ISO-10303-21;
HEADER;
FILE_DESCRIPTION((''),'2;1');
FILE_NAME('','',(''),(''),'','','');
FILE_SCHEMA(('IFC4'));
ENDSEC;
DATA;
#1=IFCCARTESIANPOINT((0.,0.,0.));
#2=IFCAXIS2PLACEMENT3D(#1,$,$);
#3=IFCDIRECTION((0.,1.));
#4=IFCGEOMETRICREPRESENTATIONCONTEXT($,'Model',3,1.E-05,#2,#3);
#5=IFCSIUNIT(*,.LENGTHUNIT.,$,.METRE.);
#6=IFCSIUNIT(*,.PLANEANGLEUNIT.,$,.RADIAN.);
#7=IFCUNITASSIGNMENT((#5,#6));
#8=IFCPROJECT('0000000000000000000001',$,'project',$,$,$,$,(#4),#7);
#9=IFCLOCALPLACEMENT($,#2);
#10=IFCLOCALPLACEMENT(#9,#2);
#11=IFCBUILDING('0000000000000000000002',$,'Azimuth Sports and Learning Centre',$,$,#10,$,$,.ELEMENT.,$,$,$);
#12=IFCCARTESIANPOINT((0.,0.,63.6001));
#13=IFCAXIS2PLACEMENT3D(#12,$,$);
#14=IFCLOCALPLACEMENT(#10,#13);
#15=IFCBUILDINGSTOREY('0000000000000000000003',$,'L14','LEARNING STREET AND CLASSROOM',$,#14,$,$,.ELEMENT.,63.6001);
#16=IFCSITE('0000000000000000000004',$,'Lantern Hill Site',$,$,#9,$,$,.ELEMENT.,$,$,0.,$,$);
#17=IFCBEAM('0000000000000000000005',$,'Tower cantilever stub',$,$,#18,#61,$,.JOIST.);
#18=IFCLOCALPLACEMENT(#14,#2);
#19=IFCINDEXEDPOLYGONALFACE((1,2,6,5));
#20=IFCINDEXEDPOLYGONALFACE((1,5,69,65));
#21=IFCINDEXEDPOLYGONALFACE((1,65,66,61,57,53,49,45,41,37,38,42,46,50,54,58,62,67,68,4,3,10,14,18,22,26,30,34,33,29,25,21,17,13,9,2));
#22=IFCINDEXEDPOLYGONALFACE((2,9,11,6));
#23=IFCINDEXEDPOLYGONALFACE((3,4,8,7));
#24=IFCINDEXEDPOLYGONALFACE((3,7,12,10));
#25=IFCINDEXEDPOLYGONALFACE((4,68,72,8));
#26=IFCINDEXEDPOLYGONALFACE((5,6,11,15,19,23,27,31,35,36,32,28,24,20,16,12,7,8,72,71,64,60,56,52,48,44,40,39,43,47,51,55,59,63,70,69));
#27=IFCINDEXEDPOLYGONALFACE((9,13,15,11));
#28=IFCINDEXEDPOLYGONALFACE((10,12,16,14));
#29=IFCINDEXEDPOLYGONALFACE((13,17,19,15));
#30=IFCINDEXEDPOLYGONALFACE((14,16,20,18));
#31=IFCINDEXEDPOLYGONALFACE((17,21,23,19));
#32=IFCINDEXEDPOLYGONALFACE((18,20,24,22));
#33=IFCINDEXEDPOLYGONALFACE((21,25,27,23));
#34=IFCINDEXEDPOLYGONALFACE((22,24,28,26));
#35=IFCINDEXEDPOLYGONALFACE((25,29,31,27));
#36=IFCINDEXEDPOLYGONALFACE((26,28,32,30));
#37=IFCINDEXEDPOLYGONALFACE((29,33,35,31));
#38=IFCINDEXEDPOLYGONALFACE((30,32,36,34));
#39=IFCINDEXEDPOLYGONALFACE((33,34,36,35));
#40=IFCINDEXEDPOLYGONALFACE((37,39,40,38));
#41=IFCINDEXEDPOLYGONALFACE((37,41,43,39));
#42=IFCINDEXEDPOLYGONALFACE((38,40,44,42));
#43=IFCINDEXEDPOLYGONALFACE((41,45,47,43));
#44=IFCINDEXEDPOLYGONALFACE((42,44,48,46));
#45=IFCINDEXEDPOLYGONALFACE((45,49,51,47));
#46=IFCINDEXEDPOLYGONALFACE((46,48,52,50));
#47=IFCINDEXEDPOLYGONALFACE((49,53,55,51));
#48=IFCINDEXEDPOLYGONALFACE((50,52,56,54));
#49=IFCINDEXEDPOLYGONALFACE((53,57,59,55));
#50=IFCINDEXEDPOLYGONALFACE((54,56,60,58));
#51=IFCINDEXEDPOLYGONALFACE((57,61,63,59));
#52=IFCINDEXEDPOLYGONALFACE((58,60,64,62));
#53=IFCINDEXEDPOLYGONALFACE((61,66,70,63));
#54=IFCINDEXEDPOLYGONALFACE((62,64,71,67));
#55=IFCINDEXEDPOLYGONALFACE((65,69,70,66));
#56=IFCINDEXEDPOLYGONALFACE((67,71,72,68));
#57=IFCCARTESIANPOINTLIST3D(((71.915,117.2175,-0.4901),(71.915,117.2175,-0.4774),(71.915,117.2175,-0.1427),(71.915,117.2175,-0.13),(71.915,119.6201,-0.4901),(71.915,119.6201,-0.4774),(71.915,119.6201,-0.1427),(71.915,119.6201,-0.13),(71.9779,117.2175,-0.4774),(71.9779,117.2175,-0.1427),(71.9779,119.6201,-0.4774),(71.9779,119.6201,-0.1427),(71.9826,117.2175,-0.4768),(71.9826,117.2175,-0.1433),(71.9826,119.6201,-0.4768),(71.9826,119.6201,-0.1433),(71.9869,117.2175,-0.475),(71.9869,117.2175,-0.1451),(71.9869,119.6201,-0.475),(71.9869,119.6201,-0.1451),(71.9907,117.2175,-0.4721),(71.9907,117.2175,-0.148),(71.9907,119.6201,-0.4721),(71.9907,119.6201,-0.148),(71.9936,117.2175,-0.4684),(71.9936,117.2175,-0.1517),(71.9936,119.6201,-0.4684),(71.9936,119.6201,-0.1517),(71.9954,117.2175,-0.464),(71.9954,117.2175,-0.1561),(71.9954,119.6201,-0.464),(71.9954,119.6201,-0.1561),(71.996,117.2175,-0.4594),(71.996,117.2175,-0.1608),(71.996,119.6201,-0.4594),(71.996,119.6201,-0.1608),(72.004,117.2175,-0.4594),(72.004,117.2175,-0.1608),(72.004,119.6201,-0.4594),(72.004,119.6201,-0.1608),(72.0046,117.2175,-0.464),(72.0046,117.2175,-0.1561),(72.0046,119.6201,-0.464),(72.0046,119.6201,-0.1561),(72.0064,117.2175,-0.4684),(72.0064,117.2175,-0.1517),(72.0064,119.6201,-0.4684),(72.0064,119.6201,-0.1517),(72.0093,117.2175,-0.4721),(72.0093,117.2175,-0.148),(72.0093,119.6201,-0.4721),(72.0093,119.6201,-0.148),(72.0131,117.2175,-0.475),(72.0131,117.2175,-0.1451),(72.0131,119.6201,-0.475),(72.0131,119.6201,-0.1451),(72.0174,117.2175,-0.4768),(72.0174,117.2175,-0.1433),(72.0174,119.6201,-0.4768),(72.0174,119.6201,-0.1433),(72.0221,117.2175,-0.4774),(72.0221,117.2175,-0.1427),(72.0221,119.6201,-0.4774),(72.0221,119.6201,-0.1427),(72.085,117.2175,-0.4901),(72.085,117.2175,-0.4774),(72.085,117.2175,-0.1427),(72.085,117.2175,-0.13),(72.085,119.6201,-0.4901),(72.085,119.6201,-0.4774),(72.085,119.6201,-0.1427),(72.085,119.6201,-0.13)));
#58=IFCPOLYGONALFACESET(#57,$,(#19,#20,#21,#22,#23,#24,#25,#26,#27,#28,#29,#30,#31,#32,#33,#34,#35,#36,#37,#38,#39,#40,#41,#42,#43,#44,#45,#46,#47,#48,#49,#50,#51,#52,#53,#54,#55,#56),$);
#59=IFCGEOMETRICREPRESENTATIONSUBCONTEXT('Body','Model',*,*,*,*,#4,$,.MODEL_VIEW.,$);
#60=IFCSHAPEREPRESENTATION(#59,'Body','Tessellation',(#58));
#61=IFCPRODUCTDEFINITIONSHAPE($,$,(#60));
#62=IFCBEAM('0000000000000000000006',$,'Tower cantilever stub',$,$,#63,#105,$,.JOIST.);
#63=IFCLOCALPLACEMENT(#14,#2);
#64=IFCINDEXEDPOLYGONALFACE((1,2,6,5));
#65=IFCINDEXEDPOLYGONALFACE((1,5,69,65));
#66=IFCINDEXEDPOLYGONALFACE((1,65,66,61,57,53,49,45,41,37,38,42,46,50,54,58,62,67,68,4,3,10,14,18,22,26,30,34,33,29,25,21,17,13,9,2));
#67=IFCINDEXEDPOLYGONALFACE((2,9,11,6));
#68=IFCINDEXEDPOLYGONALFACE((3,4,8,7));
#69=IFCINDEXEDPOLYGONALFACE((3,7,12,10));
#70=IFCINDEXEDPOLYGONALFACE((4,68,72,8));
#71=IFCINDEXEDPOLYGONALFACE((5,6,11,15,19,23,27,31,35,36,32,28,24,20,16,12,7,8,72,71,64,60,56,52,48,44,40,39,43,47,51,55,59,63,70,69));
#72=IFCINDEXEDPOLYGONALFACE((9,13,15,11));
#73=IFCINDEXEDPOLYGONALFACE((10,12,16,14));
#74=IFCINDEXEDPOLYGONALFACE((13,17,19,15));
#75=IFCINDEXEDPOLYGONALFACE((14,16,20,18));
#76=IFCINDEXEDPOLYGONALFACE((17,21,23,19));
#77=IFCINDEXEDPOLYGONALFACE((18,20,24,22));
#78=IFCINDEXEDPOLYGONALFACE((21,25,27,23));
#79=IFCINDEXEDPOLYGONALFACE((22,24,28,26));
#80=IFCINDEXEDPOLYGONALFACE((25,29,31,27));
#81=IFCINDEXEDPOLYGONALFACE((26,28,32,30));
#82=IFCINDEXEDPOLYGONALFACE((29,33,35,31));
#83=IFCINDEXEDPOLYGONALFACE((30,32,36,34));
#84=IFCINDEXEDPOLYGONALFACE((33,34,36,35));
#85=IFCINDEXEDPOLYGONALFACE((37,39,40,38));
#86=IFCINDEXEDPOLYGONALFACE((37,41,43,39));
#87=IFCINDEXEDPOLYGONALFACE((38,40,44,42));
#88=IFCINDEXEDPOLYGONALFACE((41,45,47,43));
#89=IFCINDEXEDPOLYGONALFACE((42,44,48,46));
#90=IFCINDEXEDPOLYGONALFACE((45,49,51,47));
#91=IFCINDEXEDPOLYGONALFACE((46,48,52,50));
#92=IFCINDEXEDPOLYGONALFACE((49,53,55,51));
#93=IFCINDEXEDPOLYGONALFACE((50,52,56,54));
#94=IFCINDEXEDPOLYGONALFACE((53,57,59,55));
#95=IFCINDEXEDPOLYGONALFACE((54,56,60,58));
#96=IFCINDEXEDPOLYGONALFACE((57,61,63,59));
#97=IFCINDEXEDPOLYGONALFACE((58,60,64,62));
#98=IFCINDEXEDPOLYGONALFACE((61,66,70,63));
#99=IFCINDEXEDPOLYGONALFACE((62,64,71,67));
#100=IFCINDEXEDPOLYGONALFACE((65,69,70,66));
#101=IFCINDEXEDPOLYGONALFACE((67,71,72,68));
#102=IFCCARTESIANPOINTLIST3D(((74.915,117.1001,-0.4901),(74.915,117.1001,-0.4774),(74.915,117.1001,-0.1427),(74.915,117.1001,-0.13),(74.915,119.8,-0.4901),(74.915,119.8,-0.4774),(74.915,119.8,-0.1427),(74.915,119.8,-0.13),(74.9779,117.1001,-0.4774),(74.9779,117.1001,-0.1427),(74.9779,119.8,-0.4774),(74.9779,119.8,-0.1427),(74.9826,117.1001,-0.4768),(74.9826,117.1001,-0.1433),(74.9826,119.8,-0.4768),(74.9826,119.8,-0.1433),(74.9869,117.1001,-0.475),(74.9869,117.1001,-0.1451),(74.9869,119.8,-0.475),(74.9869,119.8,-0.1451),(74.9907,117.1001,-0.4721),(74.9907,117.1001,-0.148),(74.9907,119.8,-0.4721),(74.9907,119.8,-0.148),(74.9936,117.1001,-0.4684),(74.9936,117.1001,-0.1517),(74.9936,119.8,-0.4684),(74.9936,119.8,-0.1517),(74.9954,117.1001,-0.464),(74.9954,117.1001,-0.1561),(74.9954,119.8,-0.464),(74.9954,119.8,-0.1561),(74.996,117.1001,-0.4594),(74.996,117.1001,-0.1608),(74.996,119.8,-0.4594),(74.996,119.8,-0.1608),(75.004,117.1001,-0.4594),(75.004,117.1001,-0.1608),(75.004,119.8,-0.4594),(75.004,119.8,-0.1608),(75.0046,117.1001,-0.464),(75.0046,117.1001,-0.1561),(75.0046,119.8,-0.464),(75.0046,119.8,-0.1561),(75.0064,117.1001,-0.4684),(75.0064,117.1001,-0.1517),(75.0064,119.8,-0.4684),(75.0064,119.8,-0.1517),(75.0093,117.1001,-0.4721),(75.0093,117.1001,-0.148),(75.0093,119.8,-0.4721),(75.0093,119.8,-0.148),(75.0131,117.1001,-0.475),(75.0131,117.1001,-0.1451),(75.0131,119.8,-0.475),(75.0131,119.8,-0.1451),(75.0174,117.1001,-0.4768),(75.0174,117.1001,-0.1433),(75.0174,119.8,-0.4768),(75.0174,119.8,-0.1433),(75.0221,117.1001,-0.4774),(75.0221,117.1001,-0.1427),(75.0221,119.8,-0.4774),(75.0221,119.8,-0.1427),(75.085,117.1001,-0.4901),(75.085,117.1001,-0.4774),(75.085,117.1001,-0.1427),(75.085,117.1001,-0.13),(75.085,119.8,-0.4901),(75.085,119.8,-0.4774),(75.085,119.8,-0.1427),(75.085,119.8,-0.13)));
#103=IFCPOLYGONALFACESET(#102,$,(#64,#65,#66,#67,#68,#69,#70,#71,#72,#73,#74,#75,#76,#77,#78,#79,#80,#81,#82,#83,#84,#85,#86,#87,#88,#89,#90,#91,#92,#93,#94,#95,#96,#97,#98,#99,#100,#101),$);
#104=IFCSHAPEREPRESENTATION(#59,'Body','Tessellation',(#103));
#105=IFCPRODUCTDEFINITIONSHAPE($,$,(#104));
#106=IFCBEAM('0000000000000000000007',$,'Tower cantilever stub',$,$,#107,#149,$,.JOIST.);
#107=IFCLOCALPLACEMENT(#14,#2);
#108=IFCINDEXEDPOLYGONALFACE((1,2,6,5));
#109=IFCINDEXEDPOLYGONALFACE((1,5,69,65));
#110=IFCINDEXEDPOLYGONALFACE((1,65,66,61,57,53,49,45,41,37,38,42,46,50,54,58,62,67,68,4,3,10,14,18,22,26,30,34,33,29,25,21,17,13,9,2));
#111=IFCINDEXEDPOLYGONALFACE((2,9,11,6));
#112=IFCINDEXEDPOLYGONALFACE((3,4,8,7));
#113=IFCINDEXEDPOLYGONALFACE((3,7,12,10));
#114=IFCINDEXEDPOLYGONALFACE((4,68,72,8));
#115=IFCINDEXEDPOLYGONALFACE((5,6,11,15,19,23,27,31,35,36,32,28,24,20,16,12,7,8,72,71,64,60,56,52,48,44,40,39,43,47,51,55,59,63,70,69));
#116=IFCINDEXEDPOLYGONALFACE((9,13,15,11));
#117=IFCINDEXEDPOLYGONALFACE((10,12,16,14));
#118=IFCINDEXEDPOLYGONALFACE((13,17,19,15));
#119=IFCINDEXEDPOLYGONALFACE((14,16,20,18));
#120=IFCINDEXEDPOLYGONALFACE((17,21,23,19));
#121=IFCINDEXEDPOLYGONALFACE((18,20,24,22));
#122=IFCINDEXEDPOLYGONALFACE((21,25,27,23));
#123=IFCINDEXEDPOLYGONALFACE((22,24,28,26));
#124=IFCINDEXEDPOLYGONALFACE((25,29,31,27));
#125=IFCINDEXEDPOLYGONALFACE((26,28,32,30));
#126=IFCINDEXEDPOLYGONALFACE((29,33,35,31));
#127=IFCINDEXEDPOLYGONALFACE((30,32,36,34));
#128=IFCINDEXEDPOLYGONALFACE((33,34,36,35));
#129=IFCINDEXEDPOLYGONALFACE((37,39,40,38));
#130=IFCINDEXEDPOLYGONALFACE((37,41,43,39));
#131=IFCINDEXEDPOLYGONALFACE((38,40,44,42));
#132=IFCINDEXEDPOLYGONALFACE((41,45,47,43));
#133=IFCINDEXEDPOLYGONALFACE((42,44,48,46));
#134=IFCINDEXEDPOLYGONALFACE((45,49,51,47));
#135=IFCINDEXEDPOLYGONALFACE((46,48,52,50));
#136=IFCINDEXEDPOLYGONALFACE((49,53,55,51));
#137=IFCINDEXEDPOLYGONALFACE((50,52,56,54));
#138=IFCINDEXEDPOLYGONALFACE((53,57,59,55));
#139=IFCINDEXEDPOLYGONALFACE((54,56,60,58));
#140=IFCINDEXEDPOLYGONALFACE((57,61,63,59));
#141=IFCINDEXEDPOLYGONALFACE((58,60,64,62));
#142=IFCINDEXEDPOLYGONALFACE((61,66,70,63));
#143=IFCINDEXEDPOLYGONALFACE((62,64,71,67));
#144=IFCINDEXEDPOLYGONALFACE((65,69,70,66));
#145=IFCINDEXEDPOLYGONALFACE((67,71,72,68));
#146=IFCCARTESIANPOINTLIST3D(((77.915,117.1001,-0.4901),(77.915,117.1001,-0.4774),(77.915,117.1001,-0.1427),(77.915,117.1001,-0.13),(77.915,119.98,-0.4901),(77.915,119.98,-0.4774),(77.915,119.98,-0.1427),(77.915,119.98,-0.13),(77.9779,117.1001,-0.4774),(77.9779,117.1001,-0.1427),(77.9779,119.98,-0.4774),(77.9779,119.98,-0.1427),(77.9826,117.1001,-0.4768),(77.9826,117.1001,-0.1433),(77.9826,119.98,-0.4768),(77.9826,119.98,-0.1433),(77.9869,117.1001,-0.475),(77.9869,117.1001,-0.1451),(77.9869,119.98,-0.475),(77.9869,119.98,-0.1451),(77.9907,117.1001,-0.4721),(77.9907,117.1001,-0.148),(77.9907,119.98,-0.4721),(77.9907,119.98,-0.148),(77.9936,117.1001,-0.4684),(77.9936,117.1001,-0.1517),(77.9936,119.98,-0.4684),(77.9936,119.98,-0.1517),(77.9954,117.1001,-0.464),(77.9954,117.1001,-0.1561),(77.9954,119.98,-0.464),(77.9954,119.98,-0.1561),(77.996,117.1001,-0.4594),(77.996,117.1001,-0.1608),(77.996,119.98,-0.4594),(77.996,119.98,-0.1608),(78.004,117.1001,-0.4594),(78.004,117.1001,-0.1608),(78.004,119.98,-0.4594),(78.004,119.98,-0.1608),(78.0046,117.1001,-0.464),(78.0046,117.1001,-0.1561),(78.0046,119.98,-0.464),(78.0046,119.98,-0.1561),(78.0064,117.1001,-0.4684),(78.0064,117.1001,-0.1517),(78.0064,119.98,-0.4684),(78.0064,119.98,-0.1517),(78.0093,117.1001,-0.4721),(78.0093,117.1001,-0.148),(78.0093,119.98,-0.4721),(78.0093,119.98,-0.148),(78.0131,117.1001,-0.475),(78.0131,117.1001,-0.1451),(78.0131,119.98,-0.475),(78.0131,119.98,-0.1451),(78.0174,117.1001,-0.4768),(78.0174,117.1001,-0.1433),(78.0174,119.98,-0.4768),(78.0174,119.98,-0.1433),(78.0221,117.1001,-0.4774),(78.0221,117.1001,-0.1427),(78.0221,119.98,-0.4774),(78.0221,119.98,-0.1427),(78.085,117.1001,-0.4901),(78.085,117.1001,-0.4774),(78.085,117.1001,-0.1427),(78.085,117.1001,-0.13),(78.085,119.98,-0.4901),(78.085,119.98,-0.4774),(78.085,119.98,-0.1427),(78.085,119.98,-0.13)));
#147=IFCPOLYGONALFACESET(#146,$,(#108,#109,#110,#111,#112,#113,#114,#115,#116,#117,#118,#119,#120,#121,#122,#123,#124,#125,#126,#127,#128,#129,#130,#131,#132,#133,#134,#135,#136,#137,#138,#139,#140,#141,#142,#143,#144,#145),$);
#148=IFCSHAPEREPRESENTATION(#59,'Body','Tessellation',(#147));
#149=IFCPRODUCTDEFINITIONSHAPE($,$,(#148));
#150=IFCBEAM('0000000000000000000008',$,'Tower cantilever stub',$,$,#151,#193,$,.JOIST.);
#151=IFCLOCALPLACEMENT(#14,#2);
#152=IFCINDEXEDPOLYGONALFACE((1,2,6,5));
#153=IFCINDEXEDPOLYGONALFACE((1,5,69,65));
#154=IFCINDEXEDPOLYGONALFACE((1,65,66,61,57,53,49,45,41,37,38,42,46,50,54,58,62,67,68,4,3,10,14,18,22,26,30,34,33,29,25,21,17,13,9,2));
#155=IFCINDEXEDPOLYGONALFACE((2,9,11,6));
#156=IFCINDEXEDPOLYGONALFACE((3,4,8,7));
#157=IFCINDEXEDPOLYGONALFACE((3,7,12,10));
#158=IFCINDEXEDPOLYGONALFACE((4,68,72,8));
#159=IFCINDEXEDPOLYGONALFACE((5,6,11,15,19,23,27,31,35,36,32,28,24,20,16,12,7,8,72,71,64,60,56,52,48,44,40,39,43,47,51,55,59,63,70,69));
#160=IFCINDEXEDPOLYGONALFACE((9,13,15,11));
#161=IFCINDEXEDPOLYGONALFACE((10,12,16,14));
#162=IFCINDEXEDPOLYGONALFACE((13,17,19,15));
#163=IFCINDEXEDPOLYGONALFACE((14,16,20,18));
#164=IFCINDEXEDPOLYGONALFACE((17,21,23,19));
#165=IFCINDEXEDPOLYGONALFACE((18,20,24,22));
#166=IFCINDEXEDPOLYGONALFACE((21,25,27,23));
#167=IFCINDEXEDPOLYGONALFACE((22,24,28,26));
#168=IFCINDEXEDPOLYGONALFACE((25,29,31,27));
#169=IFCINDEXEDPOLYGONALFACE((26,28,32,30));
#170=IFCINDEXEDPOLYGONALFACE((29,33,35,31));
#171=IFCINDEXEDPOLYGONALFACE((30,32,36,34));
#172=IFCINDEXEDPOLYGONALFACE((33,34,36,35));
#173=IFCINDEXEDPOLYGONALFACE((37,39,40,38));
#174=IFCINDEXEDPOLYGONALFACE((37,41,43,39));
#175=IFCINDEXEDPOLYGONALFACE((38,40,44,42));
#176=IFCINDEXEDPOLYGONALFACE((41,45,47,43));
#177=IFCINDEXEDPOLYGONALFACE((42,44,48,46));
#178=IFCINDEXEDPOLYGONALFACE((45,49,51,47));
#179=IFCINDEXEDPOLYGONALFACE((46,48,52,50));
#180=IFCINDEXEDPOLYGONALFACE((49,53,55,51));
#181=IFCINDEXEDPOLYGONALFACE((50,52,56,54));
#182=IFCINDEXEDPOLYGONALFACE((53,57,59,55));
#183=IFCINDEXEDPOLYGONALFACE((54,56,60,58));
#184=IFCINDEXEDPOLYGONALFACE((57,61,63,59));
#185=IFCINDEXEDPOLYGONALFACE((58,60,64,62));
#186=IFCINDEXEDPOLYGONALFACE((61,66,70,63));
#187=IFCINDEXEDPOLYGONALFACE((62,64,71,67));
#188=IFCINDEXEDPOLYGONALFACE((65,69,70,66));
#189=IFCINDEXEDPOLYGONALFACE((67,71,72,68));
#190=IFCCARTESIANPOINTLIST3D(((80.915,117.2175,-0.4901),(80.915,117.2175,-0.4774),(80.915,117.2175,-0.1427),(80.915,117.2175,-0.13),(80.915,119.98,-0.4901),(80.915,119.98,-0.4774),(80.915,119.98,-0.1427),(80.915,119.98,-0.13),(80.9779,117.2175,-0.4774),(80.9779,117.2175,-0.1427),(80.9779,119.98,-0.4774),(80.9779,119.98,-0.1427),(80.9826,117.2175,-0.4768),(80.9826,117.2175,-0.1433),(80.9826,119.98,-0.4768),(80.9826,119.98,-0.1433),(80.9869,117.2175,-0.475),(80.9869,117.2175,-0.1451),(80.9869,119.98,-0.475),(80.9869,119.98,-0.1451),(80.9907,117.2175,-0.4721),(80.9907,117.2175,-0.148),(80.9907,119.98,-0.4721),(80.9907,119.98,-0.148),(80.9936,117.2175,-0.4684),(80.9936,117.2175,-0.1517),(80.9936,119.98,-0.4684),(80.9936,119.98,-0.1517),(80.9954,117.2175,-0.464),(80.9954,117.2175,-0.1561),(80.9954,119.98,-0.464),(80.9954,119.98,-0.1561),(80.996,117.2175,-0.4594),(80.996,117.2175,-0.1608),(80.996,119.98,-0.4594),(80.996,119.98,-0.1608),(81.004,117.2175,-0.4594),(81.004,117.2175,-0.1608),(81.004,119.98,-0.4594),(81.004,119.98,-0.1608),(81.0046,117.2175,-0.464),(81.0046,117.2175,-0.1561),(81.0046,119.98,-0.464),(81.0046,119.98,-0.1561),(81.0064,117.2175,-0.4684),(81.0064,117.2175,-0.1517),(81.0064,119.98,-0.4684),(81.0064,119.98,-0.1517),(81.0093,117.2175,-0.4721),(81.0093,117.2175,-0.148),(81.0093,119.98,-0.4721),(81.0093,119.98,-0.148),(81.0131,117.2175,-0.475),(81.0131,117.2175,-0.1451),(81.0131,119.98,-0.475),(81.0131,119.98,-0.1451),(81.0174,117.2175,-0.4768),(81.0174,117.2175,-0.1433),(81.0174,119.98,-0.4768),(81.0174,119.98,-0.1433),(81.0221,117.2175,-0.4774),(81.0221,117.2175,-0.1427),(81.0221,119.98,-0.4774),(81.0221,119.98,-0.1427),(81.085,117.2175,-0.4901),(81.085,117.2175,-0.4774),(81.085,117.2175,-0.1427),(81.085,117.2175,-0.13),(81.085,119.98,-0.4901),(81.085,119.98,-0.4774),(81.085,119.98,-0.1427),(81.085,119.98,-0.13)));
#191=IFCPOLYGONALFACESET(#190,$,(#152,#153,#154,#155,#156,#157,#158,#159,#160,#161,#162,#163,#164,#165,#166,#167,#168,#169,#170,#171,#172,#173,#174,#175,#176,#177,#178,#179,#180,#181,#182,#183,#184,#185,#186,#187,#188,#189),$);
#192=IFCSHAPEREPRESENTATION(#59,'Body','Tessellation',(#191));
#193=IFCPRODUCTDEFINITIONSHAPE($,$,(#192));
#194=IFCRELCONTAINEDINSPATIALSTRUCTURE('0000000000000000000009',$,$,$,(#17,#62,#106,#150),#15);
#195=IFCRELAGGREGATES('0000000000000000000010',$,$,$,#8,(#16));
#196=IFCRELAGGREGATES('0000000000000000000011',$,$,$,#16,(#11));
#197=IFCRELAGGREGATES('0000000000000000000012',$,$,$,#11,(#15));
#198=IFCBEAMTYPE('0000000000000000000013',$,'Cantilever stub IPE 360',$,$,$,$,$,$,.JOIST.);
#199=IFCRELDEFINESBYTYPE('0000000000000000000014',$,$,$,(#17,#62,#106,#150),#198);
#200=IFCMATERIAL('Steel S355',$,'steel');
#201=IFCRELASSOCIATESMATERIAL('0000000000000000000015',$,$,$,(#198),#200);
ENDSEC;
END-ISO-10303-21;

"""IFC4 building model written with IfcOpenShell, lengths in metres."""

from ifc_helpers import new_model, si_unit, direction, frame, origin, origin_2d, place, context, subcontext, project, spatial, i_section, extrude, material, material_profile, profile_set, type_object, element, save


model = new_model("IFC4")

# Units and contexts
model_context = context("Model", 3, precision=1e-05, world=origin(), true_north=direction((0.0, 1.0)))
body_context = subcontext(model_context, "Body", "Model", "MODEL_VIEW")
ifc_project = project(units=[si_unit("LENGTHUNIT", "METRE"), si_unit("PLANEANGLEUNIT", "RADIAN")], contexts=[model_context])

# Site, building, storey
site_placement = place(None, origin())
site = spatial("IfcSite", under=ifc_project, at=site_placement, Name="Lantern Hill Site", CompositionType="ELEMENT", RefElevation=0.0)
building_placement = place(site_placement, origin())
building = spatial("IfcBuilding", under=site, at=building_placement, Name="Azimuth Sports and Learning Centre", CompositionType="ELEMENT")
storey_placement = place(building_placement, frame((0.0, 0.0, 63.6001)))
storey = spatial("IfcBuildingStorey", under=building, at=storey_placement, Name="L14", Description="LEARNING STREET AND CLASSROOM", CompositionType="ELEMENT", Elevation=63.6001)

# Beams
ifc_material_1 = material(Name="Steel S355", Category="steel")
ifc_material_profile_1 = material_profile(ifc_material_1, i_section(OverallWidth=0.1699, OverallDepth=0.3601, WebThickness=0.0081, FlangeThickness=0.0127, FilletRadius=0.0181, at=origin_2d()), Name="IPE 360")
ifc_profile_set_1 = profile_set([ifc_material_profile_1], Name="Steel S355")
beam_type_1 = type_object("IfcBeamType", Name="Cantilever stub IPE 360", PredefinedType="JOIST", material=ifc_profile_set_1)
beam_1_placement = place(storey_placement, frame((72.0, 117.2175, -0.3101), z_axis=(0.0, 1.0, 0.0), x_axis=(-1.0, 0.0, 0.0)))
element("IfcBeam", 1, at=beam_1_placement, inside=storey, type_object=beam_type_1, Name="Tower cantilever stub", PredefinedType="JOIST", context=body_context, shape_type="SweptSolid", body=[
    extrude(i_section(OverallWidth=0.1699, OverallDepth=0.3601, WebThickness=0.0081, FlangeThickness=0.0127, FilletRadius=0.0181, at=origin_2d()), origin(), (0.0, 0.0, 1.0), 2.4026),
])
beam_2_placement = place(storey_placement, frame((75.0, 117.1001, -0.3101), z_axis=(0.0, 1.0, 0.0), x_axis=(-1.0, 0.0, 0.0)))
element("IfcBeam", 2, at=beam_2_placement, inside=storey, type_object=beam_type_1, Name="Tower cantilever stub", PredefinedType="JOIST", context=body_context, shape_type="SweptSolid", body=[
    extrude(i_section(OverallWidth=0.1699, OverallDepth=0.3601, WebThickness=0.0081, FlangeThickness=0.0127, FilletRadius=0.0181, at=origin_2d()), origin(), (0.0, 0.0, 1.0), 2.7),
])
beam_3_placement = place(storey_placement, frame((78.0, 117.1001, -0.3101), z_axis=(0.0, 1.0, 0.0), x_axis=(-1.0, 0.0, 0.0)))
element("IfcBeam", 3, at=beam_3_placement, inside=storey, type_object=beam_type_1, Name="Tower cantilever stub", PredefinedType="JOIST", context=body_context, shape_type="SweptSolid", body=[
    extrude(i_section(OverallWidth=0.1699, OverallDepth=0.3601, WebThickness=0.0081, FlangeThickness=0.0127, FilletRadius=0.0181, at=origin_2d()), origin(), (0.0, 0.0, 1.0), 2.8799),
])
beam_4_placement = place(storey_placement, frame((81.0, 117.2175, -0.3101), z_axis=(0.0, 1.0, 0.0), x_axis=(-1.0, 0.0, 0.0)))
element("IfcBeam", 4, at=beam_4_placement, inside=storey, type_object=beam_type_1, Name="Tower cantilever stub", PredefinedType="JOIST", context=body_context, shape_type="SweptSolid", body=[
    extrude(i_section(OverallWidth=0.1699, OverallDepth=0.3601, WebThickness=0.0081, FlangeThickness=0.0127, FilletRadius=0.0181, at=origin_2d()), origin(), (0.0, 0.0, 1.0), 2.7625),
])

save(model, "model.ifc")
